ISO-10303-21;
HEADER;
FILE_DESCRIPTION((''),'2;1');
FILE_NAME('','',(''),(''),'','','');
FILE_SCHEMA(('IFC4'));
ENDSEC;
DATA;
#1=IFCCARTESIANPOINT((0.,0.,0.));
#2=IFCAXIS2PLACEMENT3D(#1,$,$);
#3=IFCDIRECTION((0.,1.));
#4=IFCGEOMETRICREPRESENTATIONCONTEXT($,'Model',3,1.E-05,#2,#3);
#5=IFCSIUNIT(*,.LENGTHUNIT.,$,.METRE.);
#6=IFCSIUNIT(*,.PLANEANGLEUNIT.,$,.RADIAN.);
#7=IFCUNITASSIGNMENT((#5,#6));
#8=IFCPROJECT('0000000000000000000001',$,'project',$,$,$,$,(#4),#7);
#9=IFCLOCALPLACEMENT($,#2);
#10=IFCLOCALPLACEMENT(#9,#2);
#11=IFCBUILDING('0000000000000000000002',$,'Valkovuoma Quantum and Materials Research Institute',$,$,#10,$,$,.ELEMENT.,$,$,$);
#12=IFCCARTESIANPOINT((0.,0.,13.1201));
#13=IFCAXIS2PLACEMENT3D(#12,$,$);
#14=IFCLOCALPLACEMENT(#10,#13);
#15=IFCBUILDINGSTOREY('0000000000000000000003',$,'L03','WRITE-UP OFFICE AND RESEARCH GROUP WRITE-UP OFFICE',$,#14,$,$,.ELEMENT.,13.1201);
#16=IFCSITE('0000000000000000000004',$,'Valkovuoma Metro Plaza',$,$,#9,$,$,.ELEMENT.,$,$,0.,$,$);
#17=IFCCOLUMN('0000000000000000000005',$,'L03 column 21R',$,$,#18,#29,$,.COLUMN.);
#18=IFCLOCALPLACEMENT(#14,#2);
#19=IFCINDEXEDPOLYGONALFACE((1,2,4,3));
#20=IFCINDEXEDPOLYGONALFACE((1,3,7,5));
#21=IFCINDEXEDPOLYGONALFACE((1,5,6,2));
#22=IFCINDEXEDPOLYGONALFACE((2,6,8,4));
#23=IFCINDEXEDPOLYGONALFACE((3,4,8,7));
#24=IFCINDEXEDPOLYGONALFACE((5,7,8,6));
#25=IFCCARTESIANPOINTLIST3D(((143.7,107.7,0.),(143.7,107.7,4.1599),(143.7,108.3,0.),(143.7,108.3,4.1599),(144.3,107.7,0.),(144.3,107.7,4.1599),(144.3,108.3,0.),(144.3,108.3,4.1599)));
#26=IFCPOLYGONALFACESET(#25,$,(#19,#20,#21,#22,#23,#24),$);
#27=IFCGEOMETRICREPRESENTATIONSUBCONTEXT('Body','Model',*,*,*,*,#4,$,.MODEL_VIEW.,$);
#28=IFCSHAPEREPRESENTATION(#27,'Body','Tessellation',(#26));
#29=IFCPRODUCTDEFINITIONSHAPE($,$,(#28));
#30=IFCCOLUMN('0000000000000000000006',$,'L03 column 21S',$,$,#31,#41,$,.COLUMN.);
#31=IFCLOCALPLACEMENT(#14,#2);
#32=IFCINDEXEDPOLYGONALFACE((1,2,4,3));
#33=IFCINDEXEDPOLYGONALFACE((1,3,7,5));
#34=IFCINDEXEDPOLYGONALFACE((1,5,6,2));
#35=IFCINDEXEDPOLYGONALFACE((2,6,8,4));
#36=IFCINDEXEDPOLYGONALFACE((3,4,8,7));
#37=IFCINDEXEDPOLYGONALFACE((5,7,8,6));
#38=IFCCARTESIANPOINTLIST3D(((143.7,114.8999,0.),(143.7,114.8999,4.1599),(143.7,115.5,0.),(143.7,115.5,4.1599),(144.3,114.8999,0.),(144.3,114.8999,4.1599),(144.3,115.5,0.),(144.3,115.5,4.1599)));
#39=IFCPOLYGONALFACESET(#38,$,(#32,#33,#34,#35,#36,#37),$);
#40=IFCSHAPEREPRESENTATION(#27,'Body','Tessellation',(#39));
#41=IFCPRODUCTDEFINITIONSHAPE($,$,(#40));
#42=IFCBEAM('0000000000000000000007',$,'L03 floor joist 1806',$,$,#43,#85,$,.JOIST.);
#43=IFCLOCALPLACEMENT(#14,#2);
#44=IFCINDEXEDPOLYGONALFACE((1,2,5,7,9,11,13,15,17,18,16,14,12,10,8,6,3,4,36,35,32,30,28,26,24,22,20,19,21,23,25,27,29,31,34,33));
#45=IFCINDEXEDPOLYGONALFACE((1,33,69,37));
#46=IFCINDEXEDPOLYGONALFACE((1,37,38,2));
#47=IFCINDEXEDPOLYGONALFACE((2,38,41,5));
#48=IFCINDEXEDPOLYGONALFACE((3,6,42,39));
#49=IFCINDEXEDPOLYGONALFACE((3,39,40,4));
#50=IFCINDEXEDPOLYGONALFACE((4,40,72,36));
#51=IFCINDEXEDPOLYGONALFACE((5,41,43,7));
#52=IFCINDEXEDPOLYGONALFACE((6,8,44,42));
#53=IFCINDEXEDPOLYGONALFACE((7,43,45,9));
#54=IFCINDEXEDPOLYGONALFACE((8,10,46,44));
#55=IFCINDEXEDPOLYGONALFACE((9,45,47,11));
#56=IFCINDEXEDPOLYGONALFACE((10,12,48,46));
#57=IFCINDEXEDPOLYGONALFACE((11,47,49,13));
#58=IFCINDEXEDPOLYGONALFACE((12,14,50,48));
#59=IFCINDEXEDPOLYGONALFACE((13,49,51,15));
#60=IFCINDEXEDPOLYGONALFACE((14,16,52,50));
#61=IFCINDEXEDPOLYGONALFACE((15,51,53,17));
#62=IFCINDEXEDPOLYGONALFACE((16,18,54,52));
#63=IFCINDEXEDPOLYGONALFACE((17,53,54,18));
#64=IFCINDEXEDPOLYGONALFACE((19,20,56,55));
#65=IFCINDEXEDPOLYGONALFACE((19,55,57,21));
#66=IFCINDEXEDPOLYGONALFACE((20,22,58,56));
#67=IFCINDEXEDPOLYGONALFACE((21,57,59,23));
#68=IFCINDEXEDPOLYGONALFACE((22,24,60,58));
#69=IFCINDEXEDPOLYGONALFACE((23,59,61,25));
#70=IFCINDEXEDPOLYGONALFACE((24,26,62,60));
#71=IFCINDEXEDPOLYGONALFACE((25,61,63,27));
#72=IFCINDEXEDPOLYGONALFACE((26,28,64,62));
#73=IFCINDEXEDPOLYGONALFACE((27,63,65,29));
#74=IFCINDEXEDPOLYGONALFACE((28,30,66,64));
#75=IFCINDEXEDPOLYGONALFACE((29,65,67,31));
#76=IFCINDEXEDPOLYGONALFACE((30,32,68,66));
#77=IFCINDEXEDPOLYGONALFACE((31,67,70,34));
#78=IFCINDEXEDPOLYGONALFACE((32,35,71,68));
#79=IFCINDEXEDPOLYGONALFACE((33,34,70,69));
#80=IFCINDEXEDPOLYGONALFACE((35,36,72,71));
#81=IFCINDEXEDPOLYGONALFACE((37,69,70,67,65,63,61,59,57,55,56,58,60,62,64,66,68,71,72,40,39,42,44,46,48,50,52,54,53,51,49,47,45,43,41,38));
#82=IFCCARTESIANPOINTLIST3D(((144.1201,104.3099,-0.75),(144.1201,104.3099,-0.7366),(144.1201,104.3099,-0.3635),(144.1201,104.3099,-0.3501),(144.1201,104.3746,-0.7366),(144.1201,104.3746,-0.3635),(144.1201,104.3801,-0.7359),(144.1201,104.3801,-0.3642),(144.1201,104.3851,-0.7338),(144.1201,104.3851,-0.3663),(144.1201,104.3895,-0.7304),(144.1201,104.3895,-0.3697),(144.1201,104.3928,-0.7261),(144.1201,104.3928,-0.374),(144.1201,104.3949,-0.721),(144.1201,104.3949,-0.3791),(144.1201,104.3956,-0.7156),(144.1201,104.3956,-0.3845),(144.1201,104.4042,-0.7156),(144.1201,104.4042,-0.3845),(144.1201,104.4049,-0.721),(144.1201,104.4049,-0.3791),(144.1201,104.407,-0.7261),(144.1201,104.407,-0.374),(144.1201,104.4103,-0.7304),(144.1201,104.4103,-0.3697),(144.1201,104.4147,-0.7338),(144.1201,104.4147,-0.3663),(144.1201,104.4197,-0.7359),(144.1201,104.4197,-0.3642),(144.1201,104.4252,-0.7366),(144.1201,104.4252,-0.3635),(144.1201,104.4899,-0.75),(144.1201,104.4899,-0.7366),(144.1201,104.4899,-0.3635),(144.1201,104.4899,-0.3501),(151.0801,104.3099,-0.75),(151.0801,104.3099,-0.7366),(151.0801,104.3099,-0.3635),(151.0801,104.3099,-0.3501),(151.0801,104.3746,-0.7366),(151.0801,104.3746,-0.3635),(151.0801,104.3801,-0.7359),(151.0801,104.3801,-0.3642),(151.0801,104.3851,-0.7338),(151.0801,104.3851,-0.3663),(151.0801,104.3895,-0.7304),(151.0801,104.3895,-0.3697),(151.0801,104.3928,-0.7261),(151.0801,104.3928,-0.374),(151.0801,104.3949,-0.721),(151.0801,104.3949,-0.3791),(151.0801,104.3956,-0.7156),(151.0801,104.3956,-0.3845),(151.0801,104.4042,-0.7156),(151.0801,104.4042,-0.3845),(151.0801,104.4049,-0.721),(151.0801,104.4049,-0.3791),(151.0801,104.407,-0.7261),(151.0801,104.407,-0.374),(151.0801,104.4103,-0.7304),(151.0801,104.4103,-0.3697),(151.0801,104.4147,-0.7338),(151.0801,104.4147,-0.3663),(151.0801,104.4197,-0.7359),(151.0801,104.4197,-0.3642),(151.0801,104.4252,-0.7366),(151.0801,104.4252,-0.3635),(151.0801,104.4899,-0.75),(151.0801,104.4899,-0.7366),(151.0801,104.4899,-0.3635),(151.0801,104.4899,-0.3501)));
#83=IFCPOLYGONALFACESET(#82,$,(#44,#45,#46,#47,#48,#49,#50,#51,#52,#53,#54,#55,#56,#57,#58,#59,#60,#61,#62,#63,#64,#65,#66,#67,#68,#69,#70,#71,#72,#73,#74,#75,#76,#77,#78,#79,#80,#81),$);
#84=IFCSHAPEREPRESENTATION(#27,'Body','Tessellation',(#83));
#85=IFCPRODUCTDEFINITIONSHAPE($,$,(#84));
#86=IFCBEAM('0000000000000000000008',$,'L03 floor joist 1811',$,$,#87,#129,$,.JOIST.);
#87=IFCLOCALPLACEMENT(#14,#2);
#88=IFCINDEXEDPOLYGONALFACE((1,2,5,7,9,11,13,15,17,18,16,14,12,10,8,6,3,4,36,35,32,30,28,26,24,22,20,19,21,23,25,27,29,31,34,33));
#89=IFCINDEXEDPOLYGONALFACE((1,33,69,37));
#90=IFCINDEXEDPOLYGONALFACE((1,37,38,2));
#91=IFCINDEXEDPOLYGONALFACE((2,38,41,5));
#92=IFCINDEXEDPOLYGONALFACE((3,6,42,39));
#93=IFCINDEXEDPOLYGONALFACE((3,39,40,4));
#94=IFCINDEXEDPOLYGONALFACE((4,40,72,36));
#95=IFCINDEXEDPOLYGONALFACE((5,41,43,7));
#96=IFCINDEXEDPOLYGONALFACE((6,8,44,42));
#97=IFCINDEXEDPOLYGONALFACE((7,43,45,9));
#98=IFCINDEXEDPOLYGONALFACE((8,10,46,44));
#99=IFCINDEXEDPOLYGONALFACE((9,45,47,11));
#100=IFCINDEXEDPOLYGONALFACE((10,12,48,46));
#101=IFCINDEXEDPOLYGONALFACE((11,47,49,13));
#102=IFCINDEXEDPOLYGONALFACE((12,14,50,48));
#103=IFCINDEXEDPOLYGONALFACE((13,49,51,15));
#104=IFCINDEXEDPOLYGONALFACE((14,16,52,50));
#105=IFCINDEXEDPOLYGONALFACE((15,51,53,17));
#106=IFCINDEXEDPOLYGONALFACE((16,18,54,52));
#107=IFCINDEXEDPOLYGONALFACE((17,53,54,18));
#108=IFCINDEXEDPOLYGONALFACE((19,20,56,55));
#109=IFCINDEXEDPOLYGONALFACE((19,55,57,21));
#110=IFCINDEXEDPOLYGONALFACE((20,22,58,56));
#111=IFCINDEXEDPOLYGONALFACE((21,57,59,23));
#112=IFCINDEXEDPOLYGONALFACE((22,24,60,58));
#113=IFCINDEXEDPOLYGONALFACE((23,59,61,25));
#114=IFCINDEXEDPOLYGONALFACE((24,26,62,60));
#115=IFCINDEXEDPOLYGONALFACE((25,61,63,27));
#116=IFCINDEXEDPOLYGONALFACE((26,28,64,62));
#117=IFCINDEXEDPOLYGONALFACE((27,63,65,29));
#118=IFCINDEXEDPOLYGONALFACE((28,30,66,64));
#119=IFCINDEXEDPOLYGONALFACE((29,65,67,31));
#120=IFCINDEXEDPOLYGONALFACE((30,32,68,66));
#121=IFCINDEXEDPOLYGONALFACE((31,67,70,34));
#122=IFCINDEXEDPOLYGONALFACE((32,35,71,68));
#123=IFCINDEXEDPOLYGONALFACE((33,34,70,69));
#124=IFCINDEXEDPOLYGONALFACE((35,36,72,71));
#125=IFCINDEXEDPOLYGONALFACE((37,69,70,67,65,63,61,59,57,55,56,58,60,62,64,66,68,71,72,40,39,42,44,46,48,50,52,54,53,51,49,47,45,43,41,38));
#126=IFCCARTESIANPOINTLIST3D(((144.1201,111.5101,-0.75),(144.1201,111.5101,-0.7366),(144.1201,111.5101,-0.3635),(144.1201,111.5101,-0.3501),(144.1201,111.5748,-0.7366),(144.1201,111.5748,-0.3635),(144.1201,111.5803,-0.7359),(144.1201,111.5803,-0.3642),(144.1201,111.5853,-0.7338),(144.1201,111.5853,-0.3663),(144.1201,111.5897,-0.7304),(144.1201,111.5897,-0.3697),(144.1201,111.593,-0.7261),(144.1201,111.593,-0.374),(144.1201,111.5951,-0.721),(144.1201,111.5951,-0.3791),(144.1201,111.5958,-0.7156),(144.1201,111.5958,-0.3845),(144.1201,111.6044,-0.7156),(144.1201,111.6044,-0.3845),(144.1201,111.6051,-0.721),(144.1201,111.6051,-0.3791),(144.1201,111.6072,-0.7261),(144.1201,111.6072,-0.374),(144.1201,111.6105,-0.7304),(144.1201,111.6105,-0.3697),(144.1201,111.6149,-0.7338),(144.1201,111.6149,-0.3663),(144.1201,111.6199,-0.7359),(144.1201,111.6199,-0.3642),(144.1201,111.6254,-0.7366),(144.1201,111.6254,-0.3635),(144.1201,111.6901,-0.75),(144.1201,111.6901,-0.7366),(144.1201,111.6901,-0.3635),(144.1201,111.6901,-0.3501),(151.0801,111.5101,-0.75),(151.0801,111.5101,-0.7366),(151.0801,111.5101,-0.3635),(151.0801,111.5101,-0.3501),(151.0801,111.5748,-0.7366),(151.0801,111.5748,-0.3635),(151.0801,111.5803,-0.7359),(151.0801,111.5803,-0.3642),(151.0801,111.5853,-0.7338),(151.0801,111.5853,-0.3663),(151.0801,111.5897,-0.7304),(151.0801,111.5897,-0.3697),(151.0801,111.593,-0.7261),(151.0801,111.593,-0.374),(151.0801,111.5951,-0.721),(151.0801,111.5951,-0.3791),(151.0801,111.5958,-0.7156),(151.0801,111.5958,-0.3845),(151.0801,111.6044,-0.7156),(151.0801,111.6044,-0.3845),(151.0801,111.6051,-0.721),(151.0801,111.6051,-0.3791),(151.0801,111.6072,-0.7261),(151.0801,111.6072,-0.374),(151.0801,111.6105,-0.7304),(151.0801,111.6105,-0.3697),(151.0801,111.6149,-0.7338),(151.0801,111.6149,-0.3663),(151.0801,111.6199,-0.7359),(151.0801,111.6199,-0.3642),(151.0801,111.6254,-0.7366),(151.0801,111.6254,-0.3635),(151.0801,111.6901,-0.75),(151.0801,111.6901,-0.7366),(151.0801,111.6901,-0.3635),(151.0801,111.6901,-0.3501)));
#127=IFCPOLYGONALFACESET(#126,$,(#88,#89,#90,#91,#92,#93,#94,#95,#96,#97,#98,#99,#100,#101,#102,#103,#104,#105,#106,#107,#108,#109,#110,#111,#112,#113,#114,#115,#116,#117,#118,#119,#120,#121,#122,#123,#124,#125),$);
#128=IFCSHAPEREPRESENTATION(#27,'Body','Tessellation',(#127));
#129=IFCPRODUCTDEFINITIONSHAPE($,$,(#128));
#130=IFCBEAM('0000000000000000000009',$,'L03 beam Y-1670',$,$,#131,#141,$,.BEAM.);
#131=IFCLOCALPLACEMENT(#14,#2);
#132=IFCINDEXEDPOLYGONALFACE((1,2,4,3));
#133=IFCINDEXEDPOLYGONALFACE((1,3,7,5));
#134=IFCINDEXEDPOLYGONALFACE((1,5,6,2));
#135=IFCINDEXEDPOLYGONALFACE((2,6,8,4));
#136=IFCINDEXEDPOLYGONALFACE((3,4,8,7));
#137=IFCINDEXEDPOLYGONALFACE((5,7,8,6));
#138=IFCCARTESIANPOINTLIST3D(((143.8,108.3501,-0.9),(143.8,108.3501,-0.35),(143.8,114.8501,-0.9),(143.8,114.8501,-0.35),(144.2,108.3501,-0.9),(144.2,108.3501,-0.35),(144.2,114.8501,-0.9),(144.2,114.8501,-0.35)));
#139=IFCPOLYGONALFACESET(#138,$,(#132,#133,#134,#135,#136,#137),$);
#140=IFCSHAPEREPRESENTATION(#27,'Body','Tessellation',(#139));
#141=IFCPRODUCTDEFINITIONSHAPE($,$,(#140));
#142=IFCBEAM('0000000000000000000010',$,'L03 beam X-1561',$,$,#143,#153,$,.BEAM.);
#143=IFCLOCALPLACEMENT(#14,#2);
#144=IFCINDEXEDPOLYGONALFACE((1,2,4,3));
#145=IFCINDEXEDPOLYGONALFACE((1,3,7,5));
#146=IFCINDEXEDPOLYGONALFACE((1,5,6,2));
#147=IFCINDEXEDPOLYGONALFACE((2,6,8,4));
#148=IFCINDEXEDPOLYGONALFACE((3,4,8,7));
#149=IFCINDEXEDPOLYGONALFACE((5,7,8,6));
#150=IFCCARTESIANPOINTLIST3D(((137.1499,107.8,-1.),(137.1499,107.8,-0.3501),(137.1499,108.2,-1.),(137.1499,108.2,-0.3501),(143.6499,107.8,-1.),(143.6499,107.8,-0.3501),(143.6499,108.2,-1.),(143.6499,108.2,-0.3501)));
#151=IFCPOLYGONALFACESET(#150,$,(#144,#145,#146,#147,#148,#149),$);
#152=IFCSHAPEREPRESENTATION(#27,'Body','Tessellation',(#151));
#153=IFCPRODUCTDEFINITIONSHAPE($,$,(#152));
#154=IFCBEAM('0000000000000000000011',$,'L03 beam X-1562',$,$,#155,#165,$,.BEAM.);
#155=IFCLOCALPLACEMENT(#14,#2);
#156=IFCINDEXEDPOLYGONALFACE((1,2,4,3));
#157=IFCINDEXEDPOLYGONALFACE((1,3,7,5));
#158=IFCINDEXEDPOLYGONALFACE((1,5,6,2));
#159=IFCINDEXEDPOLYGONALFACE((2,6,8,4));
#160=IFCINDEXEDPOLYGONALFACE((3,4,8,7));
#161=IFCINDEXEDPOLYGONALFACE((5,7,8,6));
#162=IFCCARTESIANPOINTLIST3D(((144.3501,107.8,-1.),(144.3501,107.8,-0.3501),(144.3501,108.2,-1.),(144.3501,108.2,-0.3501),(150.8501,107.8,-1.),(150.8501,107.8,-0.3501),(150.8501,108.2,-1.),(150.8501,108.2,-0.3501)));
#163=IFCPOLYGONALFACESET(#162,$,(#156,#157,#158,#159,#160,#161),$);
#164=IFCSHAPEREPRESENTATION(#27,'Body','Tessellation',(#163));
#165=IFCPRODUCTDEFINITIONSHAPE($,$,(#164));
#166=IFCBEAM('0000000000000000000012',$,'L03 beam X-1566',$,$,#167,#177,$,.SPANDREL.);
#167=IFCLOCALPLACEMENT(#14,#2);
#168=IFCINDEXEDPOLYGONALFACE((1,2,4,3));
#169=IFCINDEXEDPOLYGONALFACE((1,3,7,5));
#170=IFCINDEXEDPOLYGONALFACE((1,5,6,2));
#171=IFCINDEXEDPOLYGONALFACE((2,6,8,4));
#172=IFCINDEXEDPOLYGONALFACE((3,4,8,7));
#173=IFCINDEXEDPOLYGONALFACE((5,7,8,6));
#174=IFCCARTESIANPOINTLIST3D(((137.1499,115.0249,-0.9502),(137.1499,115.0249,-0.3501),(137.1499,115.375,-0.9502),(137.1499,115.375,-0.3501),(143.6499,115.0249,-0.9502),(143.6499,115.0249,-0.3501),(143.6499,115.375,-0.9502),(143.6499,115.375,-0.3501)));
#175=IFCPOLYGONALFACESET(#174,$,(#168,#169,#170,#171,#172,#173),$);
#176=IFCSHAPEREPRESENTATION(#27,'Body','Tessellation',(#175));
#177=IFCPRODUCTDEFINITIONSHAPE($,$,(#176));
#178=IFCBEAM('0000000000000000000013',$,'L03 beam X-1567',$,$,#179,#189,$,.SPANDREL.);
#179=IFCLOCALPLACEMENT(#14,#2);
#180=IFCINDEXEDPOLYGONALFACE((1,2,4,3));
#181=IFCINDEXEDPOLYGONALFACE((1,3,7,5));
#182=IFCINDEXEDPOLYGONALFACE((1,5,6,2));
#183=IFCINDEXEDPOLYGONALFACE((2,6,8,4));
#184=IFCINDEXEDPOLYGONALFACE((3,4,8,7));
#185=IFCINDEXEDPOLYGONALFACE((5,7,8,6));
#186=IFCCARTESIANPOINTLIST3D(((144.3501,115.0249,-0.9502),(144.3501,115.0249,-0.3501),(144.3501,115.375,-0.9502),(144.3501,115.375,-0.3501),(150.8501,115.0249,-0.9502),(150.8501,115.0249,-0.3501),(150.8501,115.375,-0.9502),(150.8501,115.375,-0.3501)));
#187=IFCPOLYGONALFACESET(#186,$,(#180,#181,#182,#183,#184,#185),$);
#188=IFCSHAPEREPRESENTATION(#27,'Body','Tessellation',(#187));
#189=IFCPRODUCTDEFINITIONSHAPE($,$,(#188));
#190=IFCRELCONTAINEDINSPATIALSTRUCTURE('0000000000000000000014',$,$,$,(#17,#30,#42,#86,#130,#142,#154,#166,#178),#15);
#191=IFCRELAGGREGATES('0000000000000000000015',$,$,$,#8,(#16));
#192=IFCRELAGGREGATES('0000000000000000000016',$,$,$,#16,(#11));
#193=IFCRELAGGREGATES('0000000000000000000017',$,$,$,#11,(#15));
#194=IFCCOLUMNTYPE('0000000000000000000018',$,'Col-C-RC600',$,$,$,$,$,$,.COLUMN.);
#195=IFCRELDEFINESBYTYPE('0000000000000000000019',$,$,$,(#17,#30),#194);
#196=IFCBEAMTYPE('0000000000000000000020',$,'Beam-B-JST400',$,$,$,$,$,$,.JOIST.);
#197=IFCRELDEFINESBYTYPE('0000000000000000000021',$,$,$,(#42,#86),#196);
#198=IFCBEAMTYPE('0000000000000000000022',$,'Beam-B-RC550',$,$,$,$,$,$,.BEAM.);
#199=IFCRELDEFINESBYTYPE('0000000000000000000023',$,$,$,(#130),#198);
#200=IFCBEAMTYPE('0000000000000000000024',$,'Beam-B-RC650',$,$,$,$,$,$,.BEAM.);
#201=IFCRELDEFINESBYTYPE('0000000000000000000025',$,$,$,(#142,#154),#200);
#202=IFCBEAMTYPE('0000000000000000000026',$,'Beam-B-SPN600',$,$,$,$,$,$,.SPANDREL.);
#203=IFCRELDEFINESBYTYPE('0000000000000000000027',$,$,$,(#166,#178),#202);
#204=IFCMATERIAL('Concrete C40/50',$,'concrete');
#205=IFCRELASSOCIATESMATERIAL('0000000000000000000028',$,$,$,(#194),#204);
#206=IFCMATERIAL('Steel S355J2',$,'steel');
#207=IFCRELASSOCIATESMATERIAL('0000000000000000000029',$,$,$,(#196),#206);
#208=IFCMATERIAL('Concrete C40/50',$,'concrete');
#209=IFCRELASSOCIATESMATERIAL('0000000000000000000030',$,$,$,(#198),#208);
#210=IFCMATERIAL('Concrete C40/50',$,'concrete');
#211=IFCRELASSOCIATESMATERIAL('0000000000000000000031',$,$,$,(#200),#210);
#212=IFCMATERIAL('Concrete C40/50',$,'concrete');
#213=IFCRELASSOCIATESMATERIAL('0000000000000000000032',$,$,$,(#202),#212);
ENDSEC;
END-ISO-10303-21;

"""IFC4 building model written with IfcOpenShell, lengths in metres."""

from ifc_helpers import new_model, si_unit, direction, frame, origin, origin_2d, place, context, subcontext, project, spatial, rectangle, i_section, extrude, material, material_profile, profile_set, type_object, element, save


model = new_model("IFC4")

# Units and contexts
model_context = context("Model", 3, precision=1e-05, world=origin(), true_north=direction((0.0, 1.0)))
body_context = subcontext(model_context, "Body", "Model", "MODEL_VIEW")
ifc_project = project(units=[si_unit("LENGTHUNIT", "METRE"), si_unit("PLANEANGLEUNIT", "RADIAN")], contexts=[model_context])

# Site, building, storey
site_placement = place(None, origin())
site = spatial("IfcSite", under=ifc_project, at=site_placement, Name="Valkovuoma Metro Plaza", CompositionType="ELEMENT", RefElevation=0.0)
building_placement = place(site_placement, origin())
building = spatial("IfcBuilding", under=site, at=building_placement, Name="Valkovuoma Quantum and Materials Research Institute", CompositionType="ELEMENT")
storey_placement = place(building_placement, frame((0.0, 0.0, 13.1201)))
storey = spatial("IfcBuildingStorey", under=building, at=storey_placement, Name="L03", Description="WRITE-UP OFFICE AND RESEARCH GROUP WRITE-UP OFFICE", CompositionType="ELEMENT", Elevation=13.1201)

# Columns
ifc_material_1 = material(Name="Concrete C40/50", Category="concrete")
ifc_material_profile_1 = material_profile(ifc_material_1, rectangle(XDim=0.6001, YDim=0.6001, at=origin_2d()), Name="Concrete C40/50")
ifc_profile_set_1 = profile_set([ifc_material_profile_1], Name="Concrete C40/50")
column_type = type_object("IfcColumnType", Name="Col-C-RC600", PredefinedType="COLUMN", material=ifc_profile_set_1)
for number, where, z_axis, x_axis, name in (
    (1, (144.0, 108.0, 0.0), (0.0, 0.0, 1.0), (1.0, 0.0, 0.0), "L03 column 21R"),
    (2, (144.0, 115.2, 0.0), (0.0, 0.0, 1.0), (1.0, 0.0, 0.0), "L03 column 21S"),
):
    element("IfcColumn", number, at=place(storey_placement, frame(where, z_axis=z_axis, x_axis=x_axis)), inside=storey, type_object=column_type, Name=name, PredefinedType="COLUMN", context=body_context, shape_type="SweptSolid", body=[
        extrude(rectangle(XDim=0.6001, YDim=0.6001, at=origin_2d()), origin(), (0.0, 0.0, 1.0), 4.1599),
    ])

# Beams
ifc_material_2 = material(Name="Steel S355J2", Category="steel")
ifc_material_profile_2 = material_profile(ifc_material_2, i_section(OverallWidth=0.1799, OverallDepth=0.3999, WebThickness=0.0085, FlangeThickness=0.0134, FilletRadius=0.021, at=origin_2d()), Name="Steel S355J2")
ifc_profile_set_2 = profile_set([ifc_material_profile_2], Name="Steel S355J2")
beam_type_1 = type_object("IfcBeamType", Name="Beam-B-JST400", PredefinedType="JOIST", material=ifc_profile_set_2)
for number, where, z_axis, x_axis, name in (
    (3, (144.1201, 104.3999, -0.55), (1.0, 0.0, 0.0), (0.0, 1.0, 0.0), "L03 floor joist 1806"),
    (4, (144.1201, 111.6001, -0.55), (1.0, 0.0, 0.0), (0.0, 1.0, 0.0), "L03 floor joist 1811"),
):
    element("IfcBeam", number, at=place(storey_placement, frame(where, z_axis=z_axis, x_axis=x_axis)), inside=storey, type_object=beam_type_1, Name=name, PredefinedType="JOIST", context=body_context, shape_type="SweptSolid", body=[
        extrude(i_section(OverallWidth=0.1799, OverallDepth=0.3999, WebThickness=0.0085, FlangeThickness=0.0134, FilletRadius=0.021, at=origin_2d()), origin(), (0.0, 0.0, 1.0), 6.96),
    ])
ifc_material_3 = material(Name="Concrete C40/50", Category="concrete")
ifc_material_profile_3 = material_profile(ifc_material_3, rectangle(XDim=0.3999, YDim=0.55, at=origin_2d()), Name="Concrete C40/50")
ifc_profile_set_3 = profile_set([ifc_material_profile_3], Name="Concrete C40/50")
beam_type_2 = type_object("IfcBeamType", Name="Beam-B-RC550", PredefinedType="BEAM", material=ifc_profile_set_3)
beam_placement = place(storey_placement, frame((144.0, 108.3501, -0.625), z_axis=(0.0, 1.0, 0.0), x_axis=(-1.0, 0.0, 0.0)))
element("IfcBeam", 5, at=beam_placement, inside=storey, type_object=beam_type_2, Name="L03 beam Y-1670", PredefinedType="BEAM", context=body_context, shape_type="SweptSolid", body=[
    extrude(rectangle(XDim=0.3999, YDim=0.55, at=origin_2d()), origin(), (0.0, 0.0, 1.0), 6.5),
])
ifc_material_4 = material(Name="Concrete C40/50", Category="concrete")
ifc_material_profile_4 = material_profile(ifc_material_4, rectangle(XDim=0.3999, YDim=0.6499, at=origin_2d()), Name="Concrete C40/50")
ifc_profile_set_4 = profile_set([ifc_material_profile_4], Name="Concrete C40/50")
beam_type_3 = type_object("IfcBeamType", Name="Beam-B-RC650", PredefinedType="BEAM", material=ifc_profile_set_4)
for number, where, z_axis, x_axis, name in (
    (6, (137.1499, 108.0, -0.675), (1.0, 0.0, 0.0), (0.0, 1.0, 0.0), "L03 beam X-1561"),
    (7, (144.3501, 108.0, -0.675), (1.0, 0.0, 0.0), (0.0, 1.0, 0.0), "L03 beam X-1562"),
):
    element("IfcBeam", number, at=place(storey_placement, frame(where, z_axis=z_axis, x_axis=x_axis)), inside=storey, type_object=beam_type_3, Name=name, PredefinedType="BEAM", context=body_context, shape_type="SweptSolid", body=[
        extrude(rectangle(XDim=0.3999, YDim=0.6499, at=origin_2d()), origin(), (0.0, 0.0, 1.0), 6.5),
    ])
ifc_material_5 = material(Name="Concrete C40/50", Category="concrete")
ifc_material_profile_5 = material_profile(ifc_material_5, rectangle(XDim=0.3501, YDim=0.6001, at=origin_2d()), Name="Concrete C40/50")
ifc_profile_set_5 = profile_set([ifc_material_profile_5], Name="Concrete C40/50")
beam_type_4 = type_object("IfcBeamType", Name="Beam-B-SPN600", PredefinedType="SPANDREL", material=ifc_profile_set_5)
for number, where, z_axis, x_axis, name in (
    (8, (137.1499, 115.2, -0.6501), (1.0, 0.0, 0.0), (0.0, 1.0, 0.0), "L03 beam X-1566"),
    (9, (144.3501, 115.2, -0.6501), (1.0, 0.0, 0.0), (0.0, 1.0, 0.0), "L03 beam X-1567"),
):
    element("IfcBeam", number, at=place(storey_placement, frame(where, z_axis=z_axis, x_axis=x_axis)), inside=storey, type_object=beam_type_4, Name=name, PredefinedType="SPANDREL", context=body_context, shape_type="SweptSolid", body=[
        extrude(rectangle(XDim=0.3501, YDim=0.6001, at=origin_2d()), origin(), (0.0, 0.0, 1.0), 6.5),
    ])

save(model, "model.ifc")
